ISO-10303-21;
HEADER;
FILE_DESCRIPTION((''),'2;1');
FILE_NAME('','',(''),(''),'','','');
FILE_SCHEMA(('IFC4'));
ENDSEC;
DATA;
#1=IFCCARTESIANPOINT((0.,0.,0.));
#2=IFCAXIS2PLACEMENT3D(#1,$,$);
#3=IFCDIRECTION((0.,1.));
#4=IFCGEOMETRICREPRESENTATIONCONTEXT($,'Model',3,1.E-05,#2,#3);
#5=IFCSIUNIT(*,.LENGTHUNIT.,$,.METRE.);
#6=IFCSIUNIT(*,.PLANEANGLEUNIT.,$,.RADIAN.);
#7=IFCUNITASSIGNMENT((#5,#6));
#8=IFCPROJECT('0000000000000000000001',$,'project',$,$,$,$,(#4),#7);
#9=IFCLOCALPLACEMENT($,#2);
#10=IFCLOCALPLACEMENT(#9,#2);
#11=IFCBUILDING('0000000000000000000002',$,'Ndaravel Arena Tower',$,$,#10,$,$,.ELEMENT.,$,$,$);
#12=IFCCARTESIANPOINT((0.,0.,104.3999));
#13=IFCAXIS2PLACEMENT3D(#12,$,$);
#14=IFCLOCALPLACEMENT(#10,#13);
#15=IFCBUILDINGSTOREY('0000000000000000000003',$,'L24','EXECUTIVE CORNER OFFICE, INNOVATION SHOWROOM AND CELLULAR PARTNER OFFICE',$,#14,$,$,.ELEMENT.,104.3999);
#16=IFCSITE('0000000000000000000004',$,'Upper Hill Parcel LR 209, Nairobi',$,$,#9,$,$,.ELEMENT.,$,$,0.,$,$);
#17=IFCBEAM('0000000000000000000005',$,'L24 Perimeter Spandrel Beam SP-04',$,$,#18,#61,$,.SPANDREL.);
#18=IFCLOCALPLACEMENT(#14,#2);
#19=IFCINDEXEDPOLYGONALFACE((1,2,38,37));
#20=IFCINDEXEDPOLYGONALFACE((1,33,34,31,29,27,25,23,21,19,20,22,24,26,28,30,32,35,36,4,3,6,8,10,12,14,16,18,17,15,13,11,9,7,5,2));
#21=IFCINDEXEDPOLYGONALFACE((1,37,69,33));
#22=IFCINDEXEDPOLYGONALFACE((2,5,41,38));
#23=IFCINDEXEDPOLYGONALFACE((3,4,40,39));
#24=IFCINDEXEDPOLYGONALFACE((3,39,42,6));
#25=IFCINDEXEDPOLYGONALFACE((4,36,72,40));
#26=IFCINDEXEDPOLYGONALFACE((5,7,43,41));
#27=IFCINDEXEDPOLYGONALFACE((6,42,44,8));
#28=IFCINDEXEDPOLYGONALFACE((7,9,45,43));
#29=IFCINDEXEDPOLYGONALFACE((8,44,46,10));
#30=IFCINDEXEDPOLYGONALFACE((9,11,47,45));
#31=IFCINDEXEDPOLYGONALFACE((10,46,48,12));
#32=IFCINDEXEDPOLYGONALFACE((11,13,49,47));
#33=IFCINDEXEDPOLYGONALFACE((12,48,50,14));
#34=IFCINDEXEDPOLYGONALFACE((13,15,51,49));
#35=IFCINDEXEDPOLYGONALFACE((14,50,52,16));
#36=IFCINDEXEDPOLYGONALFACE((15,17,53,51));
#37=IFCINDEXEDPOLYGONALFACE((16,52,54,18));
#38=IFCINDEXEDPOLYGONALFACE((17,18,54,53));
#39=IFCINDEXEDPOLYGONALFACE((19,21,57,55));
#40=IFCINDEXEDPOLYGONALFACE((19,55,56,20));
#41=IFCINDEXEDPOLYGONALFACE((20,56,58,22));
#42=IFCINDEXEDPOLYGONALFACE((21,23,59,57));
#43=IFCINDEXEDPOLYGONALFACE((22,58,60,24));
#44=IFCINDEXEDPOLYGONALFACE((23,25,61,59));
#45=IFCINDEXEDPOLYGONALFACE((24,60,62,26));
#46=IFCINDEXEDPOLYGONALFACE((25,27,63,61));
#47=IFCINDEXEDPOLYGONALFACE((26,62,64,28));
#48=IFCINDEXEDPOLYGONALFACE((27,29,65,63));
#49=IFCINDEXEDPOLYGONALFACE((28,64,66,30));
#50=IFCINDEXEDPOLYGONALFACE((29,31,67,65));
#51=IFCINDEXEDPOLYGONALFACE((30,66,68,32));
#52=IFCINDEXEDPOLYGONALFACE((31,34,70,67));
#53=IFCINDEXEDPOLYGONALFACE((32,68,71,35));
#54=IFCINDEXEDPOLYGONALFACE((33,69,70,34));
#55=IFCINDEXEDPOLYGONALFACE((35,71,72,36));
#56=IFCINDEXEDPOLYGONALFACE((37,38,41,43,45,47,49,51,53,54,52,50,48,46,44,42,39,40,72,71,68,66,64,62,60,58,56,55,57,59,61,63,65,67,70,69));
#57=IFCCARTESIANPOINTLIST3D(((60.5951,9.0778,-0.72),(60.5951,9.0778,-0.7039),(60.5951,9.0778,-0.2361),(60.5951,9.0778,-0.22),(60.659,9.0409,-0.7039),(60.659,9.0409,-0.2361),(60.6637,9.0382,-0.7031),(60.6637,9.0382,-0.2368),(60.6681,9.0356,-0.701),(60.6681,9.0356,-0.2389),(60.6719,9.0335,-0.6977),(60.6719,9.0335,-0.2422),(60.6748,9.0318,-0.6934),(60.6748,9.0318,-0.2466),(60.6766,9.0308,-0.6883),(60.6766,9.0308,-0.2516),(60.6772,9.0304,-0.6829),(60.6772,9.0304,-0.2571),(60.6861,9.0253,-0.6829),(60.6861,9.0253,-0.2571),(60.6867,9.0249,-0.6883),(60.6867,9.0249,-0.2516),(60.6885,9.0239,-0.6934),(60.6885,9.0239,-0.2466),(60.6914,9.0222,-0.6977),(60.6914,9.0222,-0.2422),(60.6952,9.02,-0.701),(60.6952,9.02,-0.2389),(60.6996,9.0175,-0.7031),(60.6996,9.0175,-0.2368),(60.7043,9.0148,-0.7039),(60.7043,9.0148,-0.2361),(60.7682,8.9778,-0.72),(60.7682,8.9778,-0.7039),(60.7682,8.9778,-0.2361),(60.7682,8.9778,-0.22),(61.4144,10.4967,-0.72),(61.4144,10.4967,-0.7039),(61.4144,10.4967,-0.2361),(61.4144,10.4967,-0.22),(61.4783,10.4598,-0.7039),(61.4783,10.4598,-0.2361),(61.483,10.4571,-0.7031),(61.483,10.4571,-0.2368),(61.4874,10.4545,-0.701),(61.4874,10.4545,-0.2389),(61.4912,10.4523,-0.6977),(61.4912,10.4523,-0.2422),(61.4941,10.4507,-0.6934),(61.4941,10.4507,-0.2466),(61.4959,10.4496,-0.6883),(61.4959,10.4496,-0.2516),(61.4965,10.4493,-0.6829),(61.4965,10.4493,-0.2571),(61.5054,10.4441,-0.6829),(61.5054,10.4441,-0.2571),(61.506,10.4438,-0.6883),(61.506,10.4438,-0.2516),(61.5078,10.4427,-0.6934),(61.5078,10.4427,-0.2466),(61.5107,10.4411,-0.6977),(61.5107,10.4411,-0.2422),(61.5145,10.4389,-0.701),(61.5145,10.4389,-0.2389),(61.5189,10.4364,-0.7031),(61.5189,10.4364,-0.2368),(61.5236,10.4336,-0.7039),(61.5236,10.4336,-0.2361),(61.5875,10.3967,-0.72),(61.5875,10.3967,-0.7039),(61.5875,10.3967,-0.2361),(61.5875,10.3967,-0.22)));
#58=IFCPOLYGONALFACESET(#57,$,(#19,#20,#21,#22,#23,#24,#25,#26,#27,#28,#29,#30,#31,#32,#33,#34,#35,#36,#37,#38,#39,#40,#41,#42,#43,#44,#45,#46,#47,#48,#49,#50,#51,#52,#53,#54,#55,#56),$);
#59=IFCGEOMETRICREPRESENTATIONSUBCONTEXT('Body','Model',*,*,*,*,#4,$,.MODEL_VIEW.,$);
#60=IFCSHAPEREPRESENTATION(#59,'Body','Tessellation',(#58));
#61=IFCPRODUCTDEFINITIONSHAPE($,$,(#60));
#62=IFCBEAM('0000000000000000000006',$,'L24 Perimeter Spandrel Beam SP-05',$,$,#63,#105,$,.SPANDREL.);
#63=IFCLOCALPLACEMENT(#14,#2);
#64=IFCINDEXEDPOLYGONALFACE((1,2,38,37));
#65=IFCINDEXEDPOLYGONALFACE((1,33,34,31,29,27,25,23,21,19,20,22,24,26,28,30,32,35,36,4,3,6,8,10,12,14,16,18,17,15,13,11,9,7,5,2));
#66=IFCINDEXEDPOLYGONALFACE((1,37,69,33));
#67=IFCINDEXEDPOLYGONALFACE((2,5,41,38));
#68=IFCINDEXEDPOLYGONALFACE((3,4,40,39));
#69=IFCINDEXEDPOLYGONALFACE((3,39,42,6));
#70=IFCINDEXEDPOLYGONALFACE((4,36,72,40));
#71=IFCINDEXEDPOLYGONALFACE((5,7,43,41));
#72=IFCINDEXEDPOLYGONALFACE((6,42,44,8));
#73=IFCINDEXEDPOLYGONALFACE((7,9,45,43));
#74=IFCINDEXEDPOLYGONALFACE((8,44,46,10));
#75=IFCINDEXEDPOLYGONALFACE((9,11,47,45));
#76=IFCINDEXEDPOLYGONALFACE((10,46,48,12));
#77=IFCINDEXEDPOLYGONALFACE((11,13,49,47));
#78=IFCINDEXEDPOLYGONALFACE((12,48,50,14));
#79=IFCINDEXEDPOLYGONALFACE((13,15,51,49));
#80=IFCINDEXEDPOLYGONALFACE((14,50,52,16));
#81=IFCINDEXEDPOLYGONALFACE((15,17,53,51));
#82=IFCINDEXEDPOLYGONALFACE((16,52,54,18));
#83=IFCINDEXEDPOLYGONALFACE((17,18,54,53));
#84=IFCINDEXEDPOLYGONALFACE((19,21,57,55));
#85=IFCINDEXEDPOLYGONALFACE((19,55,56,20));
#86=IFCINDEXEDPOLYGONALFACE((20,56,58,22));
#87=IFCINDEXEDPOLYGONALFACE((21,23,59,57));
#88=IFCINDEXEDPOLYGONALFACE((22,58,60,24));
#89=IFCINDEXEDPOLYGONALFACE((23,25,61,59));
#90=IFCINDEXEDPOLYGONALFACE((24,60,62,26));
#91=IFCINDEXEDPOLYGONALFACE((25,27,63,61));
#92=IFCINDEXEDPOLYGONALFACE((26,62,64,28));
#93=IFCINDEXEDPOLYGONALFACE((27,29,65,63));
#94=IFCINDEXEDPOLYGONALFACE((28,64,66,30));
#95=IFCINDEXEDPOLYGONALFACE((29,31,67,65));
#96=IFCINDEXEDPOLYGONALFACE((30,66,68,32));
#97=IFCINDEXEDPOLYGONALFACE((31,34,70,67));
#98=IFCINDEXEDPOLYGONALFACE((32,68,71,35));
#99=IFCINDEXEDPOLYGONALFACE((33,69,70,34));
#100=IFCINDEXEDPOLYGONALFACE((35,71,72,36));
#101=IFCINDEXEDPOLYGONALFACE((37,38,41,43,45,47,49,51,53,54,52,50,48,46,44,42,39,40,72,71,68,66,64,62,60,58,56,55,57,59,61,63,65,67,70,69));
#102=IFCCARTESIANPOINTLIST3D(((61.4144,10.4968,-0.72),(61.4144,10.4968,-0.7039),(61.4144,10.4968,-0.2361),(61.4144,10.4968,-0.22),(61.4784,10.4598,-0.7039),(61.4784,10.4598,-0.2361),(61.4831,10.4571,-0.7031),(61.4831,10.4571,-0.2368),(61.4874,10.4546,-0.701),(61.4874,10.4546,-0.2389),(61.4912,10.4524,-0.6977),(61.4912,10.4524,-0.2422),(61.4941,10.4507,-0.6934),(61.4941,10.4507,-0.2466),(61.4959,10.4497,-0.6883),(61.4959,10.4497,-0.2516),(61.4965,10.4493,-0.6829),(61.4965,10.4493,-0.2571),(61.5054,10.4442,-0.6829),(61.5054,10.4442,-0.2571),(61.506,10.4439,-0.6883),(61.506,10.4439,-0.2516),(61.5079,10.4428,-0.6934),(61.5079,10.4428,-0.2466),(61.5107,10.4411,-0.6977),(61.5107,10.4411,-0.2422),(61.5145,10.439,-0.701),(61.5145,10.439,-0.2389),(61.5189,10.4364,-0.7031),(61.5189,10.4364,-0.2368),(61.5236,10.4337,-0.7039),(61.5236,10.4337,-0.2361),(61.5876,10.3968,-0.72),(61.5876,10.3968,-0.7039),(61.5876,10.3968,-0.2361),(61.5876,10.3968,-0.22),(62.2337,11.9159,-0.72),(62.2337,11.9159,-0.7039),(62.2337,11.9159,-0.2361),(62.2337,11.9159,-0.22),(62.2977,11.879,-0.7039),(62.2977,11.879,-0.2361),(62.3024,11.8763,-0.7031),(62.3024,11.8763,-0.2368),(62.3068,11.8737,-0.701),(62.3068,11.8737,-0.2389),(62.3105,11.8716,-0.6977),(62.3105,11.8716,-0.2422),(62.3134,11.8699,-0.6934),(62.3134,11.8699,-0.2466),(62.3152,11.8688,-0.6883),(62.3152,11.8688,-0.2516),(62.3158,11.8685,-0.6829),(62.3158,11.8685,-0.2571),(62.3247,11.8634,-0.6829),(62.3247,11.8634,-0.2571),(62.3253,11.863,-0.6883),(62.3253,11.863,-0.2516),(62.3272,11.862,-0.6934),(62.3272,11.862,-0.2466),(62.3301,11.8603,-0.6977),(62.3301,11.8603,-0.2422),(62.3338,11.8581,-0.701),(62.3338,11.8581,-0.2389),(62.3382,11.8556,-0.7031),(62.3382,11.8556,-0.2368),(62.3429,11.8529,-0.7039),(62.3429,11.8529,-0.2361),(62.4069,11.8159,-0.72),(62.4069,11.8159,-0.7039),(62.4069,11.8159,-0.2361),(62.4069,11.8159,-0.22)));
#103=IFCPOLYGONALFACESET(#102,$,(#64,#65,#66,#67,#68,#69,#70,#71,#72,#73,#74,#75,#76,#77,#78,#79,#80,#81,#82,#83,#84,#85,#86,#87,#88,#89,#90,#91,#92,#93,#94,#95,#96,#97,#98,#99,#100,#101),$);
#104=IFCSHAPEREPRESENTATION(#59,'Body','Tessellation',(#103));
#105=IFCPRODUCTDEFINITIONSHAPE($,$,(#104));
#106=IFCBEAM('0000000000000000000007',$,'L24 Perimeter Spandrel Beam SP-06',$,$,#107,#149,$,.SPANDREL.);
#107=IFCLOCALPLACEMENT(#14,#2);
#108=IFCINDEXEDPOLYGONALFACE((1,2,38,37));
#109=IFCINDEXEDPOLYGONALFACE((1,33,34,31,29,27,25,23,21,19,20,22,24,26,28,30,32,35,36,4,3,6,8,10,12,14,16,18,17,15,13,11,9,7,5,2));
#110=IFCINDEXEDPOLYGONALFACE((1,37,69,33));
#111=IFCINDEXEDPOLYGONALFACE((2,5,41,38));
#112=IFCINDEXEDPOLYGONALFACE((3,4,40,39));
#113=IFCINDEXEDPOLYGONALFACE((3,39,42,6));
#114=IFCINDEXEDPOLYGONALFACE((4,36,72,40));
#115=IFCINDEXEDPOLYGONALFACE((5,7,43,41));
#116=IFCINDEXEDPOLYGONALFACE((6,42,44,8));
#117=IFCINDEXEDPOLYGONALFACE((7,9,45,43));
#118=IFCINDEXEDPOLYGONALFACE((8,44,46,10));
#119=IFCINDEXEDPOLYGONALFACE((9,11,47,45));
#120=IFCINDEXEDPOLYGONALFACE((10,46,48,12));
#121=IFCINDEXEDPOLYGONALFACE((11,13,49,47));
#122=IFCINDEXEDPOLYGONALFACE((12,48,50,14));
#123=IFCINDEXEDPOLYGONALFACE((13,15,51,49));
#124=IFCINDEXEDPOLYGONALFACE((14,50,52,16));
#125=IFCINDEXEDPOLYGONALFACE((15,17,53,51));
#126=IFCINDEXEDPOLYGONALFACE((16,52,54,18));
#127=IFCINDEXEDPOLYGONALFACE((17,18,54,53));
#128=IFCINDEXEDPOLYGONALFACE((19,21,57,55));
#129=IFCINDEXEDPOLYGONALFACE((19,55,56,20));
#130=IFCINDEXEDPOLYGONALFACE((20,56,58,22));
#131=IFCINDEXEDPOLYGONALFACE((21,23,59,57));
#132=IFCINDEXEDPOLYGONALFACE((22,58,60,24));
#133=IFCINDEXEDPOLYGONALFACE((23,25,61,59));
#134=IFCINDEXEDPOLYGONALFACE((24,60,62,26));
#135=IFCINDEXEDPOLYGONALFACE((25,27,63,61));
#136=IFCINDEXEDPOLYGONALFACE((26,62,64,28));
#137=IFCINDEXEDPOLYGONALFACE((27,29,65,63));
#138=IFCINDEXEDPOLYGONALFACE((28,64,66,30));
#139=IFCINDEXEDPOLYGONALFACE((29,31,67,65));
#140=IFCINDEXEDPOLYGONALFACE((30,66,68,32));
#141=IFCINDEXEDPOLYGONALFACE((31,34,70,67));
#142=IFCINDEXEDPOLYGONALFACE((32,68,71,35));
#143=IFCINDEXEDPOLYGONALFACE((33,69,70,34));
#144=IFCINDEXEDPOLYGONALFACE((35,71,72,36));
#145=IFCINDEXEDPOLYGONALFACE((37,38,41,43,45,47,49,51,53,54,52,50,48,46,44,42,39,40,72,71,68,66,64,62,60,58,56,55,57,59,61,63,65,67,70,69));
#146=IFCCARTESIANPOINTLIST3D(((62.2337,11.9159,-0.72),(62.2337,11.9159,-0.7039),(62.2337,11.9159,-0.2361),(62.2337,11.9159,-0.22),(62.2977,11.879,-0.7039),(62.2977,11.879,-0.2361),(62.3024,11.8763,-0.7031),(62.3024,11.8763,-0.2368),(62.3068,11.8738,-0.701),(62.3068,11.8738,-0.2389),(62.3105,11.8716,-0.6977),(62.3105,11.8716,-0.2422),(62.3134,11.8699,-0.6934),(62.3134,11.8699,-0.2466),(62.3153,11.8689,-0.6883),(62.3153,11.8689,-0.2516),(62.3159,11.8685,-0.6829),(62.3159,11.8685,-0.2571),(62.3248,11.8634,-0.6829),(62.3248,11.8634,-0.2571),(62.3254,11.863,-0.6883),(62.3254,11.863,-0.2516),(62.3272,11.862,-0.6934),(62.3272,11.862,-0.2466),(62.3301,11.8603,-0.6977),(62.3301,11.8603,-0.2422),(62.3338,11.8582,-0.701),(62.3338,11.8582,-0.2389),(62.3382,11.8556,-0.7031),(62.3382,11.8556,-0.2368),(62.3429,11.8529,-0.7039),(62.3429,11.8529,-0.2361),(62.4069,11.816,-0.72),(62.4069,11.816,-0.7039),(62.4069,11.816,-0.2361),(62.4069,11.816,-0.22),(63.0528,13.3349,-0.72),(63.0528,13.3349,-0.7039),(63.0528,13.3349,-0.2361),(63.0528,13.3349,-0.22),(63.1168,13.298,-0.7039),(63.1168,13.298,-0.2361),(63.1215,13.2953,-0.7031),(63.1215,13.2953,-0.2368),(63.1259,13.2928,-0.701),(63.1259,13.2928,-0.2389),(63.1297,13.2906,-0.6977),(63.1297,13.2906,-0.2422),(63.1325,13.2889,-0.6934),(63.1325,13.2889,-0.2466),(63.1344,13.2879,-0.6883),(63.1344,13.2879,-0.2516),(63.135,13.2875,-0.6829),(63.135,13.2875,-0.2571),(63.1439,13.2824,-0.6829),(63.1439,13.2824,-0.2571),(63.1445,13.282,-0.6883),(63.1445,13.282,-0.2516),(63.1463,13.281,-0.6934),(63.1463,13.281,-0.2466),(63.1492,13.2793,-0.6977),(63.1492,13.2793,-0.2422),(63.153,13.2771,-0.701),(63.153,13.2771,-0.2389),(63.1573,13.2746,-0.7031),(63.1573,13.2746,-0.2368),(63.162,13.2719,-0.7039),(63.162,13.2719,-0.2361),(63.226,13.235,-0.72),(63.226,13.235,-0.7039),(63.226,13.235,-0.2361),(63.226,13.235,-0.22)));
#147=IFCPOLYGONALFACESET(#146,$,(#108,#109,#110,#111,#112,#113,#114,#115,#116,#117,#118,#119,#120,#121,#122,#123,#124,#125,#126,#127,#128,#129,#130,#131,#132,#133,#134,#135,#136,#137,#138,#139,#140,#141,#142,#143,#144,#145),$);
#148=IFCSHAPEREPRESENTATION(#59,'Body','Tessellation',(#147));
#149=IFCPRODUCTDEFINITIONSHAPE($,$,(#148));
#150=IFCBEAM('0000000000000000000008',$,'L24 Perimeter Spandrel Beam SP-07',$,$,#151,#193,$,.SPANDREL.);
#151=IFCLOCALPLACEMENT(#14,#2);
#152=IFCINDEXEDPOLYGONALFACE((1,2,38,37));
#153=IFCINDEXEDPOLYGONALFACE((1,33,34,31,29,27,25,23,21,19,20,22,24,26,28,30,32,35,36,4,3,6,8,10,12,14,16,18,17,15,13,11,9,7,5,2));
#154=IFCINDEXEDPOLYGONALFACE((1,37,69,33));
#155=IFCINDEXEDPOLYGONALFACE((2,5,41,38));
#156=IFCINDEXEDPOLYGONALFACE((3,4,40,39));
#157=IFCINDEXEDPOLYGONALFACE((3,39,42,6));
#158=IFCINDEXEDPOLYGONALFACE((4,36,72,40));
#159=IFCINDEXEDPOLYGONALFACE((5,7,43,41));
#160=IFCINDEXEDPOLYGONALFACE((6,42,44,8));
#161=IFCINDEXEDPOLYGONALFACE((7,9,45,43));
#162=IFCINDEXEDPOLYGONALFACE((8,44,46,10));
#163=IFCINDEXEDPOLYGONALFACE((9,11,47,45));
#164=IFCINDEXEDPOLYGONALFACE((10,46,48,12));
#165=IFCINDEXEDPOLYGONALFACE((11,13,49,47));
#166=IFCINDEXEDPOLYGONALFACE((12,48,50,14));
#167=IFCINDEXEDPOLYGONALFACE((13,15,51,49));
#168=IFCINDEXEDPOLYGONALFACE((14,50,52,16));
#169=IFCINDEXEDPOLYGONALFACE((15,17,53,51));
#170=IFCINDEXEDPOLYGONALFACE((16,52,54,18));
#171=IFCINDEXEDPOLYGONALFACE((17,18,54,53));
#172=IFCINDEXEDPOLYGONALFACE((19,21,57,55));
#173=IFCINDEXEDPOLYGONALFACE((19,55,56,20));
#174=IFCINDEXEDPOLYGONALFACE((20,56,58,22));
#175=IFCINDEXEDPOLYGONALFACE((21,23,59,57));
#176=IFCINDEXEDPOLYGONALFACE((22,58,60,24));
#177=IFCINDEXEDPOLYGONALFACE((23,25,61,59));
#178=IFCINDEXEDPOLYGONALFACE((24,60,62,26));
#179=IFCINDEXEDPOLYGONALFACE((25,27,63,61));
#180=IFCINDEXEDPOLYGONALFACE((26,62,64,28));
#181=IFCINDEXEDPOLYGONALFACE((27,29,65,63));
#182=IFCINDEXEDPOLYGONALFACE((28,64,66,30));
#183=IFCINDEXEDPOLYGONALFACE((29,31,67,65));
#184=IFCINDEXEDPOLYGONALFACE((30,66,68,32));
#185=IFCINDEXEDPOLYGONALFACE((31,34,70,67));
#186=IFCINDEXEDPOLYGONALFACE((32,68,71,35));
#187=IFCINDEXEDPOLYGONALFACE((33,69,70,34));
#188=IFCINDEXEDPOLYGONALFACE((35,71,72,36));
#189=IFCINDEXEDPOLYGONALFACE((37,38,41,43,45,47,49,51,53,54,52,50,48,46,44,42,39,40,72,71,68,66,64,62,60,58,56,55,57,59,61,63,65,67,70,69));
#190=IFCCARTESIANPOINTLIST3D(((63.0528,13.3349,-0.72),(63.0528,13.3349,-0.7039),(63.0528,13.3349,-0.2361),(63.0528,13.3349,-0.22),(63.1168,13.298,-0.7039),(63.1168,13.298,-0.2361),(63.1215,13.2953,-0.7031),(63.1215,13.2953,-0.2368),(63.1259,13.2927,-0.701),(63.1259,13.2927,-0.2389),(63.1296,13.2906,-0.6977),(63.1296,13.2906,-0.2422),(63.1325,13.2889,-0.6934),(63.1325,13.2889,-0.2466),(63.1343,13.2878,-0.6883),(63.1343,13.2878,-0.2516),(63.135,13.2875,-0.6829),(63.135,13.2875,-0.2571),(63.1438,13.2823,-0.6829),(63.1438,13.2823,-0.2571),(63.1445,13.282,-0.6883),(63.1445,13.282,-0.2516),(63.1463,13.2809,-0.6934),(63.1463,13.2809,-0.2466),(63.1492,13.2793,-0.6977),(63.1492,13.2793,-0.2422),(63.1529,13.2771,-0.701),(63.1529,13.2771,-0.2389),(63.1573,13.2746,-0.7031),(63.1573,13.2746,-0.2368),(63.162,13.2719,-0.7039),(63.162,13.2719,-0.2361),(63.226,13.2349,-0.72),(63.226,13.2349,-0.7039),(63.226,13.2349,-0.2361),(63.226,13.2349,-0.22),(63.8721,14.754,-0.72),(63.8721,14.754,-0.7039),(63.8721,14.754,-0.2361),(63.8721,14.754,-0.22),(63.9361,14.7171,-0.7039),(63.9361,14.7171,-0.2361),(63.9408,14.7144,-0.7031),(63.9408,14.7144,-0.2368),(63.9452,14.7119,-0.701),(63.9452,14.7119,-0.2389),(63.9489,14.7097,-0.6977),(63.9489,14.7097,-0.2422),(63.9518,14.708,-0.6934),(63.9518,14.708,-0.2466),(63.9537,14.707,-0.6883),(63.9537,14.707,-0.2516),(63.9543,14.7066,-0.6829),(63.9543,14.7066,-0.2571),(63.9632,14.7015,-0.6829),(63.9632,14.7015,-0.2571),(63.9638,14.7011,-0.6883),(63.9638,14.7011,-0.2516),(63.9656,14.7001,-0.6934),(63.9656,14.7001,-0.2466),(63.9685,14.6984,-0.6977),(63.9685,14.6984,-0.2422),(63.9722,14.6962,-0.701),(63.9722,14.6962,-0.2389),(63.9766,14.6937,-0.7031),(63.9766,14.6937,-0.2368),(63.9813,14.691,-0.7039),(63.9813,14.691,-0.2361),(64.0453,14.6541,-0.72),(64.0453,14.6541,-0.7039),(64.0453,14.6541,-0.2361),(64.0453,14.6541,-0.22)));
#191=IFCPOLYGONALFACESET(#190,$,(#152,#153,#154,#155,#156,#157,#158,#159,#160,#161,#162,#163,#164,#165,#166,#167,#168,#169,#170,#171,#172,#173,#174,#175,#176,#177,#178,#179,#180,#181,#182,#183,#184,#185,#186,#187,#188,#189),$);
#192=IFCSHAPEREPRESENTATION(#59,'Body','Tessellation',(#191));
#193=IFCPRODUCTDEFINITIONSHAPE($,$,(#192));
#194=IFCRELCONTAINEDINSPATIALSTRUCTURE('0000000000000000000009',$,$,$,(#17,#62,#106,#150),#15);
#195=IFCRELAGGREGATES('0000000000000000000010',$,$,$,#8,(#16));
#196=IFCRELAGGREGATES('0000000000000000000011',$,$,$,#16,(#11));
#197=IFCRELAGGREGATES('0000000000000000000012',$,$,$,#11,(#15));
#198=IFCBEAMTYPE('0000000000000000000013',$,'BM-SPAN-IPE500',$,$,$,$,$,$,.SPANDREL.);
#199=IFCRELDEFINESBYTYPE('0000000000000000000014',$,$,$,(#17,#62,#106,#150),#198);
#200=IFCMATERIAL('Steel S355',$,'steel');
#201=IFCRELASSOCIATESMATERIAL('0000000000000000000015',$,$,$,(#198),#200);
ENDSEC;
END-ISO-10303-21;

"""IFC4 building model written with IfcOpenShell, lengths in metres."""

from ifc_helpers import new_model, si_unit, direction, frame, origin, origin_2d, place, context, subcontext, project, spatial, i_section, extrude, material, material_profile, profile_set, type_object, element, save


model = new_model("IFC4")

# Units and contexts
model_context = context("Model", 3, precision=1e-05, world=origin(), true_north=direction((0.0, 1.0)))
body_context = subcontext(model_context, "Body", "Model", "MODEL_VIEW")
ifc_project = project(units=[si_unit("LENGTHUNIT", "METRE"), si_unit("PLANEANGLEUNIT", "RADIAN")], contexts=[model_context])

# Site, building, storey
site_placement = place(None, origin())
site = spatial("IfcSite", under=ifc_project, at=site_placement, Name="Upper Hill Parcel LR 209, Nairobi", CompositionType="ELEMENT", RefElevation=0.0)
building_placement = place(site_placement, origin())
building = spatial("IfcBuilding", under=site, at=building_placement, Name="Ndaravel Arena Tower", CompositionType="ELEMENT")
storey_placement = place(building_placement, frame((0.0, 0.0, 104.3999)))
storey = spatial("IfcBuildingStorey", under=building, at=storey_placement, Name="L24", Description="EXECUTIVE CORNER OFFICE, INNOVATION SHOWROOM AND CELLULAR PARTNER OFFICE", CompositionType="ELEMENT", Elevation=104.3999)

# Beams
ifc_material_1 = material(Name="Steel S355", Category="steel")
ifc_material_profile_1 = material_profile(ifc_material_1, i_section(OverallWidth=0.2, OverallDepth=0.5, WebThickness=0.0103, FlangeThickness=0.0161, FilletRadius=0.021, at=origin_2d()), Name="IPE 500")
ifc_profile_set_1 = profile_set([ifc_material_profile_1], Name="Steel S355")
beam_type = type_object("IfcBeamType", Name="BM-SPAN-IPE500", PredefinedType="SPANDREL", material=ifc_profile_set_1)
beam_1_placement = place(storey_placement, frame((60.6816, 9.0278, -0.47), z_axis=(0.500049, 0.865997, 0.0), x_axis=(-0.865997, 0.500049, 0.0)))
element("IfcBeam", 1, at=beam_1_placement, inside=storey, type_object=beam_type, Name="L24 Perimeter Spandrel Beam SP-04", PredefinedType="SPANDREL", context=body_context, shape_type="SweptSolid", body=[
    extrude(i_section(OverallWidth=0.2, OverallDepth=0.5, WebThickness=0.0103, FlangeThickness=0.0161, FilletRadius=0.021, at=origin_2d()), origin(), (0.0, 0.0, 1.0), 1.6384),
])
beam_2_placement = place(storey_placement, frame((61.501, 10.4468, -0.47), z_axis=(0.499985, 0.866034, 0.0), x_axis=(-0.866034, 0.499985, 0.0)))
element("IfcBeam", 2, at=beam_2_placement, inside=storey, type_object=beam_type, Name="L24 Perimeter Spandrel Beam SP-05", PredefinedType="SPANDREL", context=body_context, shape_type="SweptSolid", body=[
    extrude(i_section(OverallWidth=0.2, OverallDepth=0.5, WebThickness=0.0103, FlangeThickness=0.0161, FilletRadius=0.021, at=origin_2d()), origin(), (0.0, 0.0, 1.0), 1.6387),
])
beam_3_placement = place(storey_placement, frame((62.3203, 11.866, -0.47), z_axis=(0.499937, 0.866062, 0.0), x_axis=(-0.866062, 0.499937, 0.0)))
element("IfcBeam", 3, at=beam_3_placement, inside=storey, type_object=beam_type, Name="L24 Perimeter Spandrel Beam SP-06", PredefinedType="SPANDREL", context=body_context, shape_type="SweptSolid", body=[
    extrude(i_section(OverallWidth=0.2, OverallDepth=0.5, WebThickness=0.0103, FlangeThickness=0.0161, FilletRadius=0.021, at=origin_2d()), origin(), (0.0, 0.0, 1.0), 1.6384),
])
beam_4_placement = place(storey_placement, frame((63.1394, 13.2849, -0.47), z_axis=(0.499985, 0.866034, 0.0), x_axis=(-0.866034, 0.499985, 0.0)))
element("IfcBeam", 4, at=beam_4_placement, inside=storey, type_object=beam_type, Name="L24 Perimeter Spandrel Beam SP-07", PredefinedType="SPANDREL", context=body_context, shape_type="SweptSolid", body=[
    extrude(i_section(OverallWidth=0.2, OverallDepth=0.5, WebThickness=0.0103, FlangeThickness=0.0161, FilletRadius=0.021, at=origin_2d()), origin(), (0.0, 0.0, 1.0), 1.6387),
])

save(model, "model.ifc")
